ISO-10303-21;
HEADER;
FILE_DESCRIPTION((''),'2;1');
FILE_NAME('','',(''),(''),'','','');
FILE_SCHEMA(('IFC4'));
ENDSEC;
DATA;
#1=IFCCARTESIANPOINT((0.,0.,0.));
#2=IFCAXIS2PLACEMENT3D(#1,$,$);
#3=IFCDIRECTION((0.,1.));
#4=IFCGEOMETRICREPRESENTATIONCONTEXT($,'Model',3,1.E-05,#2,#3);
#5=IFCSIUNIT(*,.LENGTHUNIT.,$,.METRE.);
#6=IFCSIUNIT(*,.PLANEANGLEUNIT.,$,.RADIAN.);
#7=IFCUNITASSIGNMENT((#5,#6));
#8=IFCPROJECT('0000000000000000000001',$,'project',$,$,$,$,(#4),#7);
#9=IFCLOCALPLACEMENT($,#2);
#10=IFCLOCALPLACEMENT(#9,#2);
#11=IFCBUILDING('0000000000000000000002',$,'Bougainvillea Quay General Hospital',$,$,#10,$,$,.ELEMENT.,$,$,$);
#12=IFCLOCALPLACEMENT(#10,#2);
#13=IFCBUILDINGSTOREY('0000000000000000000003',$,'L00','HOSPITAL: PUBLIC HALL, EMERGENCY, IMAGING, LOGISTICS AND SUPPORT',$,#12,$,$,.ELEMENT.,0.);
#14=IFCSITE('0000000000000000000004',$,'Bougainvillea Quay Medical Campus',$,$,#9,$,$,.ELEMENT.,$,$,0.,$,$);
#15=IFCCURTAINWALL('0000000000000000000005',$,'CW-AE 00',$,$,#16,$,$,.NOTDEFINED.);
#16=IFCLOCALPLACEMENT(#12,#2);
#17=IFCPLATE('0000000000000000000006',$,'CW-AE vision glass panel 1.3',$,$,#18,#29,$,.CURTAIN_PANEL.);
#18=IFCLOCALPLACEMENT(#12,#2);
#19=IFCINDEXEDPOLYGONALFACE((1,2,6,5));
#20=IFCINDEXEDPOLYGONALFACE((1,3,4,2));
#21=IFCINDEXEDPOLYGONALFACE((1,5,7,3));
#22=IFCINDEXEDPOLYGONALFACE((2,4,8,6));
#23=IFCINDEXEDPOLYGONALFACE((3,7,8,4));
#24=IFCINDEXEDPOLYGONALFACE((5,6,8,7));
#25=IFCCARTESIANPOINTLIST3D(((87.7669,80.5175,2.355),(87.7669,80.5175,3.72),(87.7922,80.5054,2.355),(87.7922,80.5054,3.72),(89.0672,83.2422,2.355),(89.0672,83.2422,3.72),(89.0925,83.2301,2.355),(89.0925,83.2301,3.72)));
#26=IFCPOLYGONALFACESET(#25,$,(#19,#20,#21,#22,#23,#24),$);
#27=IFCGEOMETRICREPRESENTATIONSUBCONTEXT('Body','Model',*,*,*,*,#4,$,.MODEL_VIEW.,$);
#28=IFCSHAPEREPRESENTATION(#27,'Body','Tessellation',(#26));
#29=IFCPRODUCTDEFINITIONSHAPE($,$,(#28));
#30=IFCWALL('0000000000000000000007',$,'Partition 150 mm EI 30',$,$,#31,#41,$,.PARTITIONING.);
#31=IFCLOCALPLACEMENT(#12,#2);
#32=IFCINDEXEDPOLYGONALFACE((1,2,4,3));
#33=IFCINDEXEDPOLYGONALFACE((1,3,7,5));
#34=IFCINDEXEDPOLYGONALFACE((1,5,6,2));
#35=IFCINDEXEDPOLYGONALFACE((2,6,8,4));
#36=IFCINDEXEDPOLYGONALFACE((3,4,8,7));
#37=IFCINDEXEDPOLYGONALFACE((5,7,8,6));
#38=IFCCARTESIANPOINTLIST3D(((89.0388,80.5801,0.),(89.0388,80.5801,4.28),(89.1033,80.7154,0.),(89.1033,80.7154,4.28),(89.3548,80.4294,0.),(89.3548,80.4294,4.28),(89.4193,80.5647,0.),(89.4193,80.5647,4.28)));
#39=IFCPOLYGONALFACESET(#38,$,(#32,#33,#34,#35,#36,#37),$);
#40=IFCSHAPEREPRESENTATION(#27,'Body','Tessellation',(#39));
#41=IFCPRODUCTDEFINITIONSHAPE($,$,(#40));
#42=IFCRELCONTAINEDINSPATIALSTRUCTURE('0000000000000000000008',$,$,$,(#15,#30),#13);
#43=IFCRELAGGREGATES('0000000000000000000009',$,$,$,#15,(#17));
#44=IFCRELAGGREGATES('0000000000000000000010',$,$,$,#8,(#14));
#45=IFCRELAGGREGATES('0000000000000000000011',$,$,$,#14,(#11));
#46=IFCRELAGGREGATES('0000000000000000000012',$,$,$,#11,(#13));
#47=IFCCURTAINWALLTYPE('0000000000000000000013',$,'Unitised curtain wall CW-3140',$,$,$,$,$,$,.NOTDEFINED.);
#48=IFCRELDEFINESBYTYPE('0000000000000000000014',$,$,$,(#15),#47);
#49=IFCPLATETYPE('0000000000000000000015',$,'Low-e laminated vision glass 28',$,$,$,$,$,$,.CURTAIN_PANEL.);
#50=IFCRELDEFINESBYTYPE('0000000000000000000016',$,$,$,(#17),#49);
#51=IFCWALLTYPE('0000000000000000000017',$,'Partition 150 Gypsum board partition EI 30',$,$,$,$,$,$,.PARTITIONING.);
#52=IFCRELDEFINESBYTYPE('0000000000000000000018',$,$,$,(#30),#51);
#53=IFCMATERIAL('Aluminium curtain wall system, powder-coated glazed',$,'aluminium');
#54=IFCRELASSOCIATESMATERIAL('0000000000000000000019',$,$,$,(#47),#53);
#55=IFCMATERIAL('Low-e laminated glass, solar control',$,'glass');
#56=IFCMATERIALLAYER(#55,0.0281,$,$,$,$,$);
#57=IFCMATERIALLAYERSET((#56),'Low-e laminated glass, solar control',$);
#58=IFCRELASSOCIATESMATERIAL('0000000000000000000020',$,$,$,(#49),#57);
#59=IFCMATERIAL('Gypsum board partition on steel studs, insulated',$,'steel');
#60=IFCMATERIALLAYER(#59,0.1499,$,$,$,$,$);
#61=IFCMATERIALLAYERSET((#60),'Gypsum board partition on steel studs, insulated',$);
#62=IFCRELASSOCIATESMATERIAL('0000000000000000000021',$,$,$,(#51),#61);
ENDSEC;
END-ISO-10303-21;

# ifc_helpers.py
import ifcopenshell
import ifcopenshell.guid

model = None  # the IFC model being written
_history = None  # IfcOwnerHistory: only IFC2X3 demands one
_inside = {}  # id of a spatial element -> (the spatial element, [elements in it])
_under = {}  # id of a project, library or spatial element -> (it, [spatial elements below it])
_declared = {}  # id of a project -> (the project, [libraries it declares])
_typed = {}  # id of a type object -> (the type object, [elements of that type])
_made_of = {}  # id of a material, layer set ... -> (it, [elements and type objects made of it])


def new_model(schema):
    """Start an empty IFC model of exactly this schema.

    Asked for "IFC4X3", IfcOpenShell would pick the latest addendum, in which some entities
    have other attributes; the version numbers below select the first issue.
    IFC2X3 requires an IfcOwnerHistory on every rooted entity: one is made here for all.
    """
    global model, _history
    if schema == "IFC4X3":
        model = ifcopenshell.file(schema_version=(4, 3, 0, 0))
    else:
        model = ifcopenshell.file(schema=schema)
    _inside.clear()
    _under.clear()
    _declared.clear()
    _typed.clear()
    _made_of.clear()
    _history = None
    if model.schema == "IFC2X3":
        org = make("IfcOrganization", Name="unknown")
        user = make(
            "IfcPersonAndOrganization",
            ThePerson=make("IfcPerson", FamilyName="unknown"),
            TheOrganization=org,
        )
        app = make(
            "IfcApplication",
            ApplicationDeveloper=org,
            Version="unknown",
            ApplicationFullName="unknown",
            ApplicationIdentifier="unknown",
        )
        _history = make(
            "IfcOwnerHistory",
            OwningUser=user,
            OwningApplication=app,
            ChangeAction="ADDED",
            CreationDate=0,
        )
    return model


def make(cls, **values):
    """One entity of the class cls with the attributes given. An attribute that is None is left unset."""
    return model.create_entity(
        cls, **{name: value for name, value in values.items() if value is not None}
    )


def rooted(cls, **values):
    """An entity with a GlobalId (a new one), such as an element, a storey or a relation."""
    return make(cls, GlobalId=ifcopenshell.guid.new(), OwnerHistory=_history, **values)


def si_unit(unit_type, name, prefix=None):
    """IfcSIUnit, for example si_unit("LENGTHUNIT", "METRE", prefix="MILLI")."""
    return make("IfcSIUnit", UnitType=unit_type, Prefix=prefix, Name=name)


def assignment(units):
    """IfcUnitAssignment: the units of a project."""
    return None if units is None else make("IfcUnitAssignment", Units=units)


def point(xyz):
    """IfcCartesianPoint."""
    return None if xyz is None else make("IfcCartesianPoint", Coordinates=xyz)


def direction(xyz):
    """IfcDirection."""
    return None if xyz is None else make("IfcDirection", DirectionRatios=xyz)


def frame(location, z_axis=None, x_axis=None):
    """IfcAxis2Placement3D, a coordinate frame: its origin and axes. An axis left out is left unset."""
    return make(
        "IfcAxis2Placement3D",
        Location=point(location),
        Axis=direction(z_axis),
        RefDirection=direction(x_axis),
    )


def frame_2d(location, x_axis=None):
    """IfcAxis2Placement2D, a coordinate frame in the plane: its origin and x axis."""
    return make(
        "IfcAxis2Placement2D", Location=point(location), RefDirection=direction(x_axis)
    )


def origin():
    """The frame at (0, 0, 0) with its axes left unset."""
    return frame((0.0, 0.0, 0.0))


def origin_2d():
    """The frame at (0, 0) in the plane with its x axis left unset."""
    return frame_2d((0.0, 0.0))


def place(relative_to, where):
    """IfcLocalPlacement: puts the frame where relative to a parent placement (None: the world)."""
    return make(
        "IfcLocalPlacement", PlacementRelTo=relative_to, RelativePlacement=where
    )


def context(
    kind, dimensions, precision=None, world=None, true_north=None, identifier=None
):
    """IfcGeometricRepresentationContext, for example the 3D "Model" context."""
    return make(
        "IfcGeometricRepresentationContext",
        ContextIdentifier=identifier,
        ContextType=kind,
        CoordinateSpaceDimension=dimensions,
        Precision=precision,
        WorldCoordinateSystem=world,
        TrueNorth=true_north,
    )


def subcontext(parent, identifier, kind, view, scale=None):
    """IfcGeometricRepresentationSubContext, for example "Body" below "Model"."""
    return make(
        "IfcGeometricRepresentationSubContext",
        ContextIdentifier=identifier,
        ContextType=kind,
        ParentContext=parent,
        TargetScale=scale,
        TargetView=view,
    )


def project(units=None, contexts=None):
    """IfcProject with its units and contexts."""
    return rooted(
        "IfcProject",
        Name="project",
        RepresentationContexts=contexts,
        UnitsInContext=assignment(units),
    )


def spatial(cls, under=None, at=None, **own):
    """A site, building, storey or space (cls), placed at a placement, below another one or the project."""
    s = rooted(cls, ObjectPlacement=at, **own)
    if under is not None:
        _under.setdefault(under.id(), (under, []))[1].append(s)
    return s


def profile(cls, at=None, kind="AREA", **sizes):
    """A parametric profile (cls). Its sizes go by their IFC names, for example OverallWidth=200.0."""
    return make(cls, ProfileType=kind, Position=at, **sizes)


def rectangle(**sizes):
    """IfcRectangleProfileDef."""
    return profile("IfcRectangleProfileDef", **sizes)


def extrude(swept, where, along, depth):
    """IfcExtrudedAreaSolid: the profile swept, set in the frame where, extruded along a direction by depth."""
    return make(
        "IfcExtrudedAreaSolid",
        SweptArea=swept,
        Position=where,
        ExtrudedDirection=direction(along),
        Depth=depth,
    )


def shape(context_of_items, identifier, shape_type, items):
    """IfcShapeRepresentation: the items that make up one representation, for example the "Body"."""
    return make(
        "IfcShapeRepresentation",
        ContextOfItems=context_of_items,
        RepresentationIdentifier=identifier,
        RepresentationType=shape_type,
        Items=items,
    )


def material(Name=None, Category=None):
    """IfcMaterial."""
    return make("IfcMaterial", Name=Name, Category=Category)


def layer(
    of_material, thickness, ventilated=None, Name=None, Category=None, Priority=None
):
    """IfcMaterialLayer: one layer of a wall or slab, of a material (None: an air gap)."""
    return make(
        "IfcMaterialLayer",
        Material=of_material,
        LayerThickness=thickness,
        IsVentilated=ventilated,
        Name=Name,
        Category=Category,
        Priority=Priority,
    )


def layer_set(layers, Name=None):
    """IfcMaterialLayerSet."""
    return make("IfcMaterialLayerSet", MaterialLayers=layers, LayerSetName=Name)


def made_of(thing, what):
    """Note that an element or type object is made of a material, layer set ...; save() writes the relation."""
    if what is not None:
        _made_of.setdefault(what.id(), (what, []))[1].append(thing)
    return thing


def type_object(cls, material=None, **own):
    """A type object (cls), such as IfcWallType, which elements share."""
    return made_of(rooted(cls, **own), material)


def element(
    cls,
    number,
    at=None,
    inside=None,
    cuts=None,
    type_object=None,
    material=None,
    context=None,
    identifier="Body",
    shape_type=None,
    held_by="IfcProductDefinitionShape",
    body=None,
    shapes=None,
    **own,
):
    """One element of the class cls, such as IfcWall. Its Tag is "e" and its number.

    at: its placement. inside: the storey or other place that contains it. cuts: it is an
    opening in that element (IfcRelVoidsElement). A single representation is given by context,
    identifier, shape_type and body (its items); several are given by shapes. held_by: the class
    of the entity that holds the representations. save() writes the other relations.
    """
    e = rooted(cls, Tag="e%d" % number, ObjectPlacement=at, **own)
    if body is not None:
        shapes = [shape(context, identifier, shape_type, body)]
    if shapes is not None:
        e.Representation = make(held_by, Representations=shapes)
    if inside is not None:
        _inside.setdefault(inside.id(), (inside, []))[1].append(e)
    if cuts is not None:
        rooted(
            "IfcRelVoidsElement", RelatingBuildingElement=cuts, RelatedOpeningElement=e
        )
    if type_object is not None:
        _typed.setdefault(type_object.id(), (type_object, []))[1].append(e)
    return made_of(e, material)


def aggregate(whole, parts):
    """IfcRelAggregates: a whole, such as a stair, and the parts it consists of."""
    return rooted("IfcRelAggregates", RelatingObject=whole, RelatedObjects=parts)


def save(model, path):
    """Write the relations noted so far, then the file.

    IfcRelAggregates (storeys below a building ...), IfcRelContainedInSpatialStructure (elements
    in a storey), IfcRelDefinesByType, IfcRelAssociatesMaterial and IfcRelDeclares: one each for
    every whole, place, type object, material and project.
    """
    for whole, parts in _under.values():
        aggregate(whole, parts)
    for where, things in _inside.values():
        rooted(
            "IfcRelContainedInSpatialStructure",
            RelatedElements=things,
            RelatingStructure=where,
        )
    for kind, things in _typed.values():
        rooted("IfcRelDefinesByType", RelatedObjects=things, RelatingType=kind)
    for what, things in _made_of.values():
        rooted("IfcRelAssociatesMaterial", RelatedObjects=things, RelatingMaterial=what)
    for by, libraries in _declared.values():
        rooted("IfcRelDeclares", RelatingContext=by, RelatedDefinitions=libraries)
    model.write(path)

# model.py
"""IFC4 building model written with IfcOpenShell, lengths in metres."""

from ifc_helpers import new_model, si_unit, direction, frame, frame_2d, origin, origin_2d, place, context, subcontext, project, spatial, rectangle, extrude, material, layer, layer_set, type_object, element, aggregate, save


model = new_model("IFC4")

# Units and contexts
model_context = context("Model", 3, precision=1e-05, world=origin(), true_north=direction((0.0, 1.0)))
body_context = subcontext(model_context, "Body", "Model", "MODEL_VIEW")
ifc_project = project(units=[si_unit("LENGTHUNIT", "METRE"), si_unit("PLANEANGLEUNIT", "RADIAN")], contexts=[model_context])

# Site, building, storey
site_placement = place(None, origin())
site = spatial("IfcSite", under=ifc_project, at=site_placement, Name="Bougainvillea Quay Medical Campus", CompositionType="ELEMENT", RefElevation=0.0)
building_placement = place(site_placement, origin())
building = spatial("IfcBuilding", under=site, at=building_placement, Name="Bougainvillea Quay General Hospital", CompositionType="ELEMENT")
storey_placement = place(building_placement, origin())
storey = spatial("IfcBuildingStorey", under=building, at=storey_placement, Name="L00", Description="HOSPITAL: PUBLIC HALL, EMERGENCY, IMAGING, LOGISTICS AND SUPPORT", CompositionType="ELEMENT", Elevation=0.0)

# Shared definitions
ifc_material_1 = material(Name="Aluminium curtain wall system, powder-coated glazed", Category="aluminium")

# Curtain wall, plate
curtain_wall_type_1 = type_object("IfcCurtainWallType", Name="Unitised curtain wall CW-3140", PredefinedType="NOTDEFINED", material=ifc_material_1)
curtain_wall_1_placement = place(storey_placement, origin())
curtain_wall_1 = element("IfcCurtainWall", 1, at=curtain_wall_1_placement, inside=storey, type_object=curtain_wall_type_1, Name="CW-AE 00", PredefinedType="NOTDEFINED")
ifc_material_2 = material(Name="Low-e laminated glass, solar control", Category="glass")
ifc_layer_1 = layer(ifc_material_2, 0.0281)
ifc_layer_set_1 = layer_set([ifc_layer_1], Name="Low-e laminated glass, solar control")
plate_type_1 = type_object("IfcPlateType", Name="Low-e laminated vision glass 28", PredefinedType="CURTAIN_PANEL", material=ifc_layer_set_1)
plate_1_placement = place(storey_placement, frame((88.4297, 81.8738, 2.355), z_axis=(0.0, 0.0, 1.0), x_axis=(-0.4307, -0.902495, 0.0)))
plate_1 = element("IfcPlate", 2, at=plate_1_placement, type_object=plate_type_1, Name="CW-AE vision glass panel 1.3", PredefinedType="CURTAIN_PANEL", context=body_context, shape_type="SweptSolid", body=[
    extrude(rectangle(XDim=3.019, YDim=0.0281, at=origin_2d()), origin(), (0.0, 0.0, 1.0), 1.365),
])
aggregate(curtain_wall_1, [plate_1])

# Wall
ifc_material_3 = material(Name="Gypsum board partition on steel studs, insulated", Category="steel")
ifc_layer_2 = layer(ifc_material_3, 0.1499)
ifc_layer_set_2 = layer_set([ifc_layer_2], Name="Gypsum board partition on steel studs, insulated")
wall_type = type_object("IfcWallType", Name="Partition 150 Gypsum board partition EI 30", PredefinedType="PARTITIONING", material=ifc_layer_set_2)
wall_placement = place(storey_placement, frame((89.071, 80.6477, 0.0), z_axis=(0.0, 0.0, 1.0), x_axis=(0.902641, -0.430394, 0.0)))
element("IfcWall", 3, at=wall_placement, inside=storey, type_object=wall_type, Name="Partition 150 mm EI 30", PredefinedType="PARTITIONING", context=body_context, shape_type="SweptSolid", body=[
    extrude(rectangle(XDim=0.3501, YDim=0.1499, at=frame_2d((0.175, 0.0))), origin(), (0.0, 0.0, 1.0), 4.28),
])

save(model, "model.ifc")
